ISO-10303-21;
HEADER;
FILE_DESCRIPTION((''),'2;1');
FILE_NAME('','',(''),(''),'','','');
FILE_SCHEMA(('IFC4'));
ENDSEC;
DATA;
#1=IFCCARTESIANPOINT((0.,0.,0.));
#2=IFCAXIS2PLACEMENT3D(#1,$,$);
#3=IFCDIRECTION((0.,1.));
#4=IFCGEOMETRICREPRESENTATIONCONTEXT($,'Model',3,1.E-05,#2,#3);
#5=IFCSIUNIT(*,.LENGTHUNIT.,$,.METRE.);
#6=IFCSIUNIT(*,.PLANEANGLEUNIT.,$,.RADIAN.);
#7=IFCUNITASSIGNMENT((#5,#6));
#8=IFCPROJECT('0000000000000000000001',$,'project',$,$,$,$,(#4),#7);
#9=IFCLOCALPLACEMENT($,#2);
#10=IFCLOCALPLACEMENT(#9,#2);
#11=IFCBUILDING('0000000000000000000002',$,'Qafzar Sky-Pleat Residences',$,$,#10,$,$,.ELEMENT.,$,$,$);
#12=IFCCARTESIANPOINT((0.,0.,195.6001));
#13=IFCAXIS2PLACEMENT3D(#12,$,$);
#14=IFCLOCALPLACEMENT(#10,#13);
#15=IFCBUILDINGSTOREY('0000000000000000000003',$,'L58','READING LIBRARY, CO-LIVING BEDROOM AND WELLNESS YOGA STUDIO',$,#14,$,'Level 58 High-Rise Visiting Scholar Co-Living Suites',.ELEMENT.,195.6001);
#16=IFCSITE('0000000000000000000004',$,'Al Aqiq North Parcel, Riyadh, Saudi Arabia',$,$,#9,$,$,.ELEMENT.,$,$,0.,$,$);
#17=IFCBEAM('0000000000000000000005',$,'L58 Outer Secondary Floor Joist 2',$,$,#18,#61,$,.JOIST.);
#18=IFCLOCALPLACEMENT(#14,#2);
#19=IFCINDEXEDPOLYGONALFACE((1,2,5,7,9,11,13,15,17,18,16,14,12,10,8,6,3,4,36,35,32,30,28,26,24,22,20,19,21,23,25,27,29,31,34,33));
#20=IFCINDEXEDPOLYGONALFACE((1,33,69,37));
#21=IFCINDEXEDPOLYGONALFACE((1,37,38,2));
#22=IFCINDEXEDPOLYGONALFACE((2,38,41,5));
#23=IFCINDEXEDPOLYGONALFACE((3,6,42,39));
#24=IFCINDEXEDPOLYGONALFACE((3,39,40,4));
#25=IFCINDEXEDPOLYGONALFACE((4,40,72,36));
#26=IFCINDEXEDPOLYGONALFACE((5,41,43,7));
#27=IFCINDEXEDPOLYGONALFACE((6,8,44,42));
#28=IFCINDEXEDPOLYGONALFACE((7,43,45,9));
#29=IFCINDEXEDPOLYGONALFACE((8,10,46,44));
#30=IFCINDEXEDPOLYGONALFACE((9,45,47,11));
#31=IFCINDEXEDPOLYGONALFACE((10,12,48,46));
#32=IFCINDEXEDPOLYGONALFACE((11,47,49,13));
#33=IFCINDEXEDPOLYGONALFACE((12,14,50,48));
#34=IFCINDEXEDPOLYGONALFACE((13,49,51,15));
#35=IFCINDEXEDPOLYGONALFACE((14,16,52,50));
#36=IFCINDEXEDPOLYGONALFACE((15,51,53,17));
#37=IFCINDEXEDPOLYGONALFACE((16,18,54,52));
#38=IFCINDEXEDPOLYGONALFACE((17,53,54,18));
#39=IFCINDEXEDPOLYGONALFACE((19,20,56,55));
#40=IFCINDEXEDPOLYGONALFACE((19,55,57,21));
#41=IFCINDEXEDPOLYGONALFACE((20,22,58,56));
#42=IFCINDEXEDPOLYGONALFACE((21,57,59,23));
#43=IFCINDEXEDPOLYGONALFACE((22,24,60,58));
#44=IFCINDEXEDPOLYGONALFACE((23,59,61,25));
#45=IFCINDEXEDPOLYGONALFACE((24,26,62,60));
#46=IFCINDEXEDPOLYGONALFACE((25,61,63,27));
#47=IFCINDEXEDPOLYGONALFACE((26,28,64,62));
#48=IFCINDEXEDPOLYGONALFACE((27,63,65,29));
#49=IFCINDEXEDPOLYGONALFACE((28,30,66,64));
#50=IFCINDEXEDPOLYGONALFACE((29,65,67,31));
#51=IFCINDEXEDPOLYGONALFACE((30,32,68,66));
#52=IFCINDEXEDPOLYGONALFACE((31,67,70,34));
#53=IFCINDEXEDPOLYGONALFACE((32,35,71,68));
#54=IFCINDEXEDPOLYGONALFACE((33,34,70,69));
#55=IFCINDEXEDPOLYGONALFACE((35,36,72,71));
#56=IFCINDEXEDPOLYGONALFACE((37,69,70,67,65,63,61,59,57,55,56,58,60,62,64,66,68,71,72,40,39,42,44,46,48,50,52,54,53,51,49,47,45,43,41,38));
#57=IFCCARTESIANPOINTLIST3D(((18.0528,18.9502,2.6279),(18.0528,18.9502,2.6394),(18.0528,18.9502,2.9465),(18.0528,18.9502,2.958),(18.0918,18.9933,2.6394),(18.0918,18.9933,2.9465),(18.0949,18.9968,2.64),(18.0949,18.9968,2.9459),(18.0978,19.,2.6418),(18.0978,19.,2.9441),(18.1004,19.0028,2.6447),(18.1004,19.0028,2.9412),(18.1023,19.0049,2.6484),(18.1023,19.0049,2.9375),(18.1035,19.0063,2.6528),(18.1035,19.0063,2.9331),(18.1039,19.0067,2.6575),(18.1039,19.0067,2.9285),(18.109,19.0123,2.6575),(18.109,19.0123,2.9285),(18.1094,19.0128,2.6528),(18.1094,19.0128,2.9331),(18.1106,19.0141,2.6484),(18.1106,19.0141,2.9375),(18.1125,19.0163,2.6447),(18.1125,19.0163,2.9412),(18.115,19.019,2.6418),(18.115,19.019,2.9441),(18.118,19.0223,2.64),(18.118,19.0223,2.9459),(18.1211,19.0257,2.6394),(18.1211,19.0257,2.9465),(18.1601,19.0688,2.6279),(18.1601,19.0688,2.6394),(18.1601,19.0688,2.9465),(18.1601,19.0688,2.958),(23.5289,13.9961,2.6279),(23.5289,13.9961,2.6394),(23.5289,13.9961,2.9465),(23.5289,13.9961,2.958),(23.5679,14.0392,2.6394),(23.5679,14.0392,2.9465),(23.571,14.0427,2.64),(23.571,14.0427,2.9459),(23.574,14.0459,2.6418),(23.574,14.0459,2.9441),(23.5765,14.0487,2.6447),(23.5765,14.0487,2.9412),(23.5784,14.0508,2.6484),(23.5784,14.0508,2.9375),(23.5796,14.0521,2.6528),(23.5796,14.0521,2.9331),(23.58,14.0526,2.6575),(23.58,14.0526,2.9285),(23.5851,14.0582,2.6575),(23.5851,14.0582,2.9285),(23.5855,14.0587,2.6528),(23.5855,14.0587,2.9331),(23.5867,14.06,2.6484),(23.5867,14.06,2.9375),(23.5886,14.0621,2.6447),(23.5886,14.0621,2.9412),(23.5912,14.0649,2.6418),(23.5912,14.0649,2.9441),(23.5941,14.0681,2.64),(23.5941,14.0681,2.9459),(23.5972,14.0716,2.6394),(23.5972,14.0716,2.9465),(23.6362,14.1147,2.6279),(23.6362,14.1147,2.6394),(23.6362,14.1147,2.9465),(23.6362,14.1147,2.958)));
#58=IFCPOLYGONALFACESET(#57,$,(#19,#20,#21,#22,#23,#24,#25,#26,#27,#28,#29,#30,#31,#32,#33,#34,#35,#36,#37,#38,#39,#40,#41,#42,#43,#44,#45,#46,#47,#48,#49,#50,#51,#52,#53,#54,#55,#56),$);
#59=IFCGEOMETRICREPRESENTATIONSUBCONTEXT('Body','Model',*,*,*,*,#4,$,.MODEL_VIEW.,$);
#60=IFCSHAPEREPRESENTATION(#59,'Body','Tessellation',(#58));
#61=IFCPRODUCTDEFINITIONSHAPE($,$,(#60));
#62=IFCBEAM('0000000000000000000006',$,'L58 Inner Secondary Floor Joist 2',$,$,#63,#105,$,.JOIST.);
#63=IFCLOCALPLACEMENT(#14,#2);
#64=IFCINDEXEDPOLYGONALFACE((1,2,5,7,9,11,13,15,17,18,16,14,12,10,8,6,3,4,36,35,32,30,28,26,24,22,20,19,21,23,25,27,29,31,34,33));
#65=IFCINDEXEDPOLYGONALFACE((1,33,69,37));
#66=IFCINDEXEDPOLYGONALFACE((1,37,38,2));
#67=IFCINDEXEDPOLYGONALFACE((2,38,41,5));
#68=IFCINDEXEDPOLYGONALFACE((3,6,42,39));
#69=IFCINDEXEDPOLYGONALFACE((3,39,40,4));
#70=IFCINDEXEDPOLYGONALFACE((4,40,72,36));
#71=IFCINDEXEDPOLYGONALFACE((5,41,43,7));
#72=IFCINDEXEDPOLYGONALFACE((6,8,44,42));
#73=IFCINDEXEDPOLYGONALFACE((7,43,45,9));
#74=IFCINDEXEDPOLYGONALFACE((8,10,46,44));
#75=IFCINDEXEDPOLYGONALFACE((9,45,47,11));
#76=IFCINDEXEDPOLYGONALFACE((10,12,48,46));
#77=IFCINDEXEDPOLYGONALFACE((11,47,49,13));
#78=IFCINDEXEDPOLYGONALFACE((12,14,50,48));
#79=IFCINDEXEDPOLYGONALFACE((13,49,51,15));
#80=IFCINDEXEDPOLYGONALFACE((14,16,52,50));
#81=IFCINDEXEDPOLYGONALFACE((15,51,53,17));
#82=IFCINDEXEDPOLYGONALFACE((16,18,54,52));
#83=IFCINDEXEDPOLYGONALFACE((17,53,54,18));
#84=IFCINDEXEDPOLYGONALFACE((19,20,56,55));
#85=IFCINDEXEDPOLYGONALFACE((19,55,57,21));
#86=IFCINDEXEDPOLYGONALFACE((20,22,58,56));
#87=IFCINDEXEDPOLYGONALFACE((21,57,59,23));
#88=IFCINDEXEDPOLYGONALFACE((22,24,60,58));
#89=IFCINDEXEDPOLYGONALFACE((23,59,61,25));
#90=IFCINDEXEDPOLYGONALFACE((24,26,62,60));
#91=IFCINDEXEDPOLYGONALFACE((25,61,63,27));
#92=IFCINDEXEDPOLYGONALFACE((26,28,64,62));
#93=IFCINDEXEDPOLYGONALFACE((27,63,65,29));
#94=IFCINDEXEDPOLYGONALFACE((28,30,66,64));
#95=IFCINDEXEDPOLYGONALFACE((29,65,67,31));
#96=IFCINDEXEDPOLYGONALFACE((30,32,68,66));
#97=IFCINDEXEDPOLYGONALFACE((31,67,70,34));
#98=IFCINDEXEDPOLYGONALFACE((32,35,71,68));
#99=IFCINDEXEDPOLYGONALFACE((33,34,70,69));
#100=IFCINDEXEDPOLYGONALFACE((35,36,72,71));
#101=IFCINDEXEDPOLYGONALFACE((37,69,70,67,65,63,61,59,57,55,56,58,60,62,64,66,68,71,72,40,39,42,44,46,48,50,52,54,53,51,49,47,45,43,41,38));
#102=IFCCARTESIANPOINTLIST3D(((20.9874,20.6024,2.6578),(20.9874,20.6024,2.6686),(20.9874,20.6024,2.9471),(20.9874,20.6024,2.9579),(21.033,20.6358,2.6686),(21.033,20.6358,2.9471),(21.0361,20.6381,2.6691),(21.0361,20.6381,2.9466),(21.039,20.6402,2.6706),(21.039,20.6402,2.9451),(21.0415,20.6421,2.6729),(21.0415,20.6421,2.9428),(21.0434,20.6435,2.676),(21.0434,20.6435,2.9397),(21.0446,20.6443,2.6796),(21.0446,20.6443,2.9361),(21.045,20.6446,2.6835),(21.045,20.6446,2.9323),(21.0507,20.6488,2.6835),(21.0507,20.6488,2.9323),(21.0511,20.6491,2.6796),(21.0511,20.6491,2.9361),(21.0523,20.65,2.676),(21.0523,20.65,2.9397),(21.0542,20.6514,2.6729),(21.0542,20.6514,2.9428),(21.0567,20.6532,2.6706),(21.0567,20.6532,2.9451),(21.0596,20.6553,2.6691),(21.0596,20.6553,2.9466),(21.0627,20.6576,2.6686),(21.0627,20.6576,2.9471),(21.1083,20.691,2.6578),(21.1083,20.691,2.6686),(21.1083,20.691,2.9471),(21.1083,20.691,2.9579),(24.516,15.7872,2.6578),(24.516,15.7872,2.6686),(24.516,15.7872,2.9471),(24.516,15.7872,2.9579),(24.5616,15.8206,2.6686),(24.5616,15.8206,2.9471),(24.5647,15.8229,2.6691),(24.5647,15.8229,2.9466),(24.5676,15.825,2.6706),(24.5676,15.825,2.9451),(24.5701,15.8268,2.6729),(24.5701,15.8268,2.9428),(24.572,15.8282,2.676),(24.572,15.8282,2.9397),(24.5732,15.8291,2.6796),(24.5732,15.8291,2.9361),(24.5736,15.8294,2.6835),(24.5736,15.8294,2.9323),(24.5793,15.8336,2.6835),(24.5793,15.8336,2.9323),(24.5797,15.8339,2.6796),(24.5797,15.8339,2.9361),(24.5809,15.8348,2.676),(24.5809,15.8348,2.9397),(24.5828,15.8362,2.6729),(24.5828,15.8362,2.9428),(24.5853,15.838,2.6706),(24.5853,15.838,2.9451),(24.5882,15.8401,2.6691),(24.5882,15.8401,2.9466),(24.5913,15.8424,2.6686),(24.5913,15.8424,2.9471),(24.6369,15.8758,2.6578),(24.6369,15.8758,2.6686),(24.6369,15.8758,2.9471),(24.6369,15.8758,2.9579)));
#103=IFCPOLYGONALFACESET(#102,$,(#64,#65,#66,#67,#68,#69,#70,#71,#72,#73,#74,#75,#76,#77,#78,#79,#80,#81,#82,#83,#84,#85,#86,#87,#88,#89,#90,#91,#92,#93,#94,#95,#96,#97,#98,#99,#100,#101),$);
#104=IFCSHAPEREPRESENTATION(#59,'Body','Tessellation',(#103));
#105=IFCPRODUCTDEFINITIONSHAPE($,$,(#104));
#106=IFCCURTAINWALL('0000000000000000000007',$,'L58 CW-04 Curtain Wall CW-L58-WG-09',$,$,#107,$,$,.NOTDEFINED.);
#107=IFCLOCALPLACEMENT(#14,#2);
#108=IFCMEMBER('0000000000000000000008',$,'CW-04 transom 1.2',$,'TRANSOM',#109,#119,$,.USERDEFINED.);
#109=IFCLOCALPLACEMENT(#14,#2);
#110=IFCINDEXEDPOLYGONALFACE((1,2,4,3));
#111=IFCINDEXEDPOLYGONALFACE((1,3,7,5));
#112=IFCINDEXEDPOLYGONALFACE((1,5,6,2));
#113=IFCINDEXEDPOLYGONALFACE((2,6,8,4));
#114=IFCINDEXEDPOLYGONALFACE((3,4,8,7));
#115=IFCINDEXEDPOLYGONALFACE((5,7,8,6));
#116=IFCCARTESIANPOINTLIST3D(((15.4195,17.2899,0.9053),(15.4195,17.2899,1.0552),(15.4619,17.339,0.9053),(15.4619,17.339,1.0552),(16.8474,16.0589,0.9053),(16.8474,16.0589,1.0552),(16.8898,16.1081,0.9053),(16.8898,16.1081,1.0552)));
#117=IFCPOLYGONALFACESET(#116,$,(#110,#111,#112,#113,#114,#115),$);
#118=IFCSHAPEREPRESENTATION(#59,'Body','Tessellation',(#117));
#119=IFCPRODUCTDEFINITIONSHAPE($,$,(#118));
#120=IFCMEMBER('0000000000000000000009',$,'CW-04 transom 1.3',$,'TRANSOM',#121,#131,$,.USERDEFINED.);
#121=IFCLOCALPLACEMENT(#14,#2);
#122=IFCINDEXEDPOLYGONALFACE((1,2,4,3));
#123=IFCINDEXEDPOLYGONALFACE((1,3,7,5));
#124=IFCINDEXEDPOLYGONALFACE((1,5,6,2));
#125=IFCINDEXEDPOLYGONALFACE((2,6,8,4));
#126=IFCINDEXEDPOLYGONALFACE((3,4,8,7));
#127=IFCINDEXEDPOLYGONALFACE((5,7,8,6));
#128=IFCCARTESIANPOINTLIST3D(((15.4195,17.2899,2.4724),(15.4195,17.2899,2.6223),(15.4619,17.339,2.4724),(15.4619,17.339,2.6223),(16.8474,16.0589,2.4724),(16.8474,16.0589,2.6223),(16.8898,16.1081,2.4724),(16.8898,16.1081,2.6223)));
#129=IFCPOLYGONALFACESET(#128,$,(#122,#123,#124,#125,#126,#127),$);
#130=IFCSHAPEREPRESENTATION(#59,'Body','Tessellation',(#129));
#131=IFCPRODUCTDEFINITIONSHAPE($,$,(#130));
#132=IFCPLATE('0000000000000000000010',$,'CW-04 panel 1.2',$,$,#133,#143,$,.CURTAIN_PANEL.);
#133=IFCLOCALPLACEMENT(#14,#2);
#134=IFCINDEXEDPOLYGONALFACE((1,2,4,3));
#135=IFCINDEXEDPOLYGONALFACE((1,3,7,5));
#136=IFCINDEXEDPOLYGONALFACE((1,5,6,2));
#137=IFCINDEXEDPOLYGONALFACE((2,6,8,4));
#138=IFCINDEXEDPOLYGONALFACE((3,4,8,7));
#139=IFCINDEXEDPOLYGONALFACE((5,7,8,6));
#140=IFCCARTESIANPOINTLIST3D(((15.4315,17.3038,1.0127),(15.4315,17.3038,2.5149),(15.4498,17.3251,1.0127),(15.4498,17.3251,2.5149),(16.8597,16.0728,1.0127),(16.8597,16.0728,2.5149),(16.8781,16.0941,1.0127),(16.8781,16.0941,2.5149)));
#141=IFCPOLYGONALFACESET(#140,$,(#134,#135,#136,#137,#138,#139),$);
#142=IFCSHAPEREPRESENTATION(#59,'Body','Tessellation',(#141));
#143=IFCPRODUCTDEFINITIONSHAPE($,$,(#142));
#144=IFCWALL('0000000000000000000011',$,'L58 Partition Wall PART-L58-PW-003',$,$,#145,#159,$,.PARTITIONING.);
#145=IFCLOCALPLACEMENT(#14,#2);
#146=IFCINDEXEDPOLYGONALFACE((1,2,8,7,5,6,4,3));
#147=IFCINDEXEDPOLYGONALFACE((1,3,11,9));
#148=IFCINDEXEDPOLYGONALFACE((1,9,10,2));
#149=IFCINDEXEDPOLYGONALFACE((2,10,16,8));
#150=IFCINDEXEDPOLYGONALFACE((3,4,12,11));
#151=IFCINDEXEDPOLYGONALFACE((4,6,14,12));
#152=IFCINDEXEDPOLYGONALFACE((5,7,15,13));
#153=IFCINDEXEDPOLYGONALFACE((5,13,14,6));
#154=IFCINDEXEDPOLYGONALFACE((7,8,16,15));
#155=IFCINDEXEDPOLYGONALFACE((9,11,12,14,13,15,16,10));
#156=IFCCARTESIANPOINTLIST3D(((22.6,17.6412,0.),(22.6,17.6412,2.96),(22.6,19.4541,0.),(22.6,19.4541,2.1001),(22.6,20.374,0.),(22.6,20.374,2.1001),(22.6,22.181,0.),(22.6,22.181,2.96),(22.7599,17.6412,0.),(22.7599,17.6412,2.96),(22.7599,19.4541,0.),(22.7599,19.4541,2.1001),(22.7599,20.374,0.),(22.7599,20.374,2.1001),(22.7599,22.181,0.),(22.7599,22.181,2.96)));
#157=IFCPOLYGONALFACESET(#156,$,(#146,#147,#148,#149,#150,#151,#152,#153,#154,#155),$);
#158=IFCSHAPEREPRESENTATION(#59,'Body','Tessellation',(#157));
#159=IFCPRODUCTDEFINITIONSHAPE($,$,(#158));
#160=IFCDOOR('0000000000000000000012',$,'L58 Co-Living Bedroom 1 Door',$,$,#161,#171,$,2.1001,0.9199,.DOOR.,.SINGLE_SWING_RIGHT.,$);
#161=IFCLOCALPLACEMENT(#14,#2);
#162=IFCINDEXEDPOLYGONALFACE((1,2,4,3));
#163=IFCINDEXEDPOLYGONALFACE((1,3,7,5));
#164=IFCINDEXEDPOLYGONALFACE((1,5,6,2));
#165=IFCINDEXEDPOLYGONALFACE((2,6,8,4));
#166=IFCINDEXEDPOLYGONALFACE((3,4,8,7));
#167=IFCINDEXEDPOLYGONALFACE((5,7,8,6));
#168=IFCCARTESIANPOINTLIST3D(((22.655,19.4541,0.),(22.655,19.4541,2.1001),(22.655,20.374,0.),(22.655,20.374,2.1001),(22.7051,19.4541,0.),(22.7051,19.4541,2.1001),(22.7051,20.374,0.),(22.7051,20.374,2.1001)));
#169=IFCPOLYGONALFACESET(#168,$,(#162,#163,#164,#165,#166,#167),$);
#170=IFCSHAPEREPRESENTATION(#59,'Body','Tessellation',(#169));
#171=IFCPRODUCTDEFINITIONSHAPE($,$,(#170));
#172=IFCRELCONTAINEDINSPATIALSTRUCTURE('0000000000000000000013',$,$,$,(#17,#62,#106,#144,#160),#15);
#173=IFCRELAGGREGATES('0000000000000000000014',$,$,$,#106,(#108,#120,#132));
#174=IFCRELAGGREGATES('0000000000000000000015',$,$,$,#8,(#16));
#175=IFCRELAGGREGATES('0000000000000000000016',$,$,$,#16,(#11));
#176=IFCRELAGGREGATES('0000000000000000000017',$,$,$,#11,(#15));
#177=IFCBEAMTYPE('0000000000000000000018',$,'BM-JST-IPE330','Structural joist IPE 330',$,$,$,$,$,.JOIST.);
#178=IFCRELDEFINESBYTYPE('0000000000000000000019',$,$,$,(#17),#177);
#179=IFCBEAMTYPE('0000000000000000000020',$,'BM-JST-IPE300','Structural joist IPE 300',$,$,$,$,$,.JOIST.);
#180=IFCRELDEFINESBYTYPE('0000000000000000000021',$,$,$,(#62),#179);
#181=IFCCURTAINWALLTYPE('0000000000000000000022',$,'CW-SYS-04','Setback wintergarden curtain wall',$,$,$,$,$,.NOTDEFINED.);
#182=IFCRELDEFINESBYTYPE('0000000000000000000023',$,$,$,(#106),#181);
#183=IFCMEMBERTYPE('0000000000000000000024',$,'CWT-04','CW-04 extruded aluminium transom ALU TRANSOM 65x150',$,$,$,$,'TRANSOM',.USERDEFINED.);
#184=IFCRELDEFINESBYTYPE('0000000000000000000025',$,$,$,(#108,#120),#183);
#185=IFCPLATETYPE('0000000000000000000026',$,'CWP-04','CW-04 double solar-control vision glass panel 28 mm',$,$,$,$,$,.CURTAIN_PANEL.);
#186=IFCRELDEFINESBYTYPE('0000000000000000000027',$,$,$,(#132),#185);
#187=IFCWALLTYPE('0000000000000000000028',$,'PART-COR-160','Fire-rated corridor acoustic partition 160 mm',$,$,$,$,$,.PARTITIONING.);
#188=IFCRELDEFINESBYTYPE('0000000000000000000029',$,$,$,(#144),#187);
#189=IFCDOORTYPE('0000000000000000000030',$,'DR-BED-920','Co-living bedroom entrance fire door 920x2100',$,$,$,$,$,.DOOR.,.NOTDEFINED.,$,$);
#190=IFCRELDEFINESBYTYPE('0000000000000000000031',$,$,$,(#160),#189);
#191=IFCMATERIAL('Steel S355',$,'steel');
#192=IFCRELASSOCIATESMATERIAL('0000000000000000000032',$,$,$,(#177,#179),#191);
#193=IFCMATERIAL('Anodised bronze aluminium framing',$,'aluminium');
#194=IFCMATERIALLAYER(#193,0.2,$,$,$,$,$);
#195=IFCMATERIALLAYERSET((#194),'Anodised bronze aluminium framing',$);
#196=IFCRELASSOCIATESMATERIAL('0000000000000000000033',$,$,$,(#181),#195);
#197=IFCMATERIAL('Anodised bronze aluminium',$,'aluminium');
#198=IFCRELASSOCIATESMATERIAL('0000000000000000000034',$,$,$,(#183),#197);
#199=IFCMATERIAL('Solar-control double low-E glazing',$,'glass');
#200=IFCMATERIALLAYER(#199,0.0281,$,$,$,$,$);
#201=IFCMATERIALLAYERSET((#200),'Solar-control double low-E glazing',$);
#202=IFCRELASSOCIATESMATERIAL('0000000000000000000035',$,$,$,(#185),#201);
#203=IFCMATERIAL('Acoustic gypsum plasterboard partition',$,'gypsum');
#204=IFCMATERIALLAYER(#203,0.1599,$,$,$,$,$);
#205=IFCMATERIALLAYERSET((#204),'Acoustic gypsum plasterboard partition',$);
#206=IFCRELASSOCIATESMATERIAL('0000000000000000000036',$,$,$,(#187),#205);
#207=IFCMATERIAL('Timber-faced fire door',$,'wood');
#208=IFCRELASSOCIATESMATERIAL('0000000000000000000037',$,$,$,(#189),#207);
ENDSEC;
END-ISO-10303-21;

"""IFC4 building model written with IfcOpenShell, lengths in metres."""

from ifc_helpers import new_model, si_unit, direction, frame, frame_2d, origin, origin_2d, place, context, subcontext, project, spatial, rectangle, i_section, extrude, source, transform, mapped, material, layer, layer_set, material_profile, profile_set, type_object, element, fill, aggregate, save


model = new_model("IFC4")

# Units and contexts
model_context = context("Model", 3, precision=1e-05, world=origin(), true_north=direction((0.0, 1.0)))
body_context = subcontext(model_context, "Body", "Model", "MODEL_VIEW")
ifc_project = project(units=[si_unit("LENGTHUNIT", "METRE"), si_unit("PLANEANGLEUNIT", "RADIAN")], contexts=[model_context])

# Site, building, storey
site_placement = place(None, origin())
site = spatial("IfcSite", under=ifc_project, at=site_placement, Name="Al Aqiq North Parcel, Riyadh, Saudi Arabia", CompositionType="ELEMENT", RefElevation=0.0)
building_placement = place(site_placement, origin())
building = spatial("IfcBuilding", under=site, at=building_placement, Name="Qafzar Sky-Pleat Residences", CompositionType="ELEMENT")
storey_placement = place(building_placement, frame((0.0, 0.0, 195.6001)))
storey = spatial("IfcBuildingStorey", under=building, at=storey_placement, Name="L58", Description="READING LIBRARY, CO-LIVING BEDROOM AND WELLNESS YOGA STUDIO", LongName="Level 58 High-Rise Visiting Scholar Co-Living Suites", CompositionType="ELEMENT", Elevation=195.6001)

# Beams
ifc_material_1 = material(Name="Steel S355", Category="steel")
ifc_material_profile_1 = material_profile(ifc_material_1, i_section(OverallWidth=0.1599, OverallDepth=0.3301, WebThickness=0.0076, FlangeThickness=0.0115, FilletRadius=0.0181, at=origin_2d()), Name="IPE 330")
ifc_profile_set_1 = profile_set([ifc_material_profile_1], Name="Steel S355")
beam_type_1 = type_object("IfcBeamType", Name="BM-JST-IPE330", Description="Structural joist IPE 330", PredefinedType="JOIST", material=ifc_profile_set_1)
shared_shape_1 = source(origin(), body_context, "Body", "SweptSolid", [
    extrude(i_section(OverallWidth=0.1599, OverallDepth=0.3301, WebThickness=0.0076, FlangeThickness=0.0115, FilletRadius=0.0181, at=origin_2d()), origin(), (0.0, 0.0, 1.0), 7.3845),
])
beam_1_placement = place(storey_placement, frame((18.1064, 19.0095, 2.793), z_axis=(0.741566, -0.67088, 0.0), x_axis=(0.67088, 0.741566, 0.0)))
element("IfcBeam", 1, at=beam_1_placement, inside=storey, type_object=beam_type_1, Name="L58 Outer Secondary Floor Joist 2", PredefinedType="JOIST", context=body_context, shape_type="MappedRepresentation", body=[
    mapped(shared_shape_1, transform((0.0, 0.0, 0.0), x_axis=(1.0, 0.0, 0.0), y_axis=(0.0, 1.0, 0.0), z_axis=(0.0, 0.0, 1.0), scale=1.0)),
])
ifc_material_profile_2 = material_profile(ifc_material_1, i_section(OverallWidth=0.1499, OverallDepth=0.3, WebThickness=0.0071, FlangeThickness=0.0107, FilletRadius=0.0149, at=origin_2d()), Name="IPE 300")
ifc_profile_set_2 = profile_set([ifc_material_profile_2], Name="Steel S355")
beam_type_2 = type_object("IfcBeamType", Name="BM-JST-IPE300", Description="Structural joist IPE 300", PredefinedType="JOIST", material=ifc_profile_set_2)
shared_shape_2 = source(origin(), body_context, "Body", "SweptSolid", [
    extrude(i_section(OverallWidth=0.1499, OverallDepth=0.3, WebThickness=0.0071, FlangeThickness=0.0107, FilletRadius=0.0149, at=origin_2d()), origin(), (0.0, 0.0, 1.0), 5.9697),
])
beam_2_placement = place(storey_placement, frame((21.0479, 20.6467, 2.8079), z_axis=(0.591083, -0.80661, 0.0), x_axis=(0.80661, 0.591083, 0.0)))
element("IfcBeam", 2, at=beam_2_placement, inside=storey, type_object=beam_type_2, Name="L58 Inner Secondary Floor Joist 2", PredefinedType="JOIST", context=body_context, shape_type="MappedRepresentation", body=[
    mapped(shared_shape_2, transform((0.0, 0.0, 0.0), x_axis=(1.0, 0.0, 0.0), y_axis=(0.0, 1.0, 0.0), z_axis=(0.0, 0.0, 1.0), scale=1.0)),
])

# Curtain wall, members, plate
ifc_material_2 = material(Name="Anodised bronze aluminium framing", Category="aluminium")
ifc_layer_1 = layer(ifc_material_2, 0.2)
ifc_layer_set_1 = layer_set([ifc_layer_1], Name="Anodised bronze aluminium framing")
curtain_wall_type = type_object("IfcCurtainWallType", Name="CW-SYS-04", Description="Setback wintergarden curtain wall", PredefinedType="NOTDEFINED", material=ifc_layer_set_1)
curtain_wall_placement = place(storey_placement, origin())
curtain_wall = element("IfcCurtainWall", 3, at=curtain_wall_placement, inside=storey, type_object=curtain_wall_type, Name="L58 CW-04 Curtain Wall CW-L58-WG-09", PredefinedType="NOTDEFINED")
ifc_material_3 = material(Name="Anodised bronze aluminium", Category="aluminium")
ifc_material_profile_3 = material_profile(ifc_material_3, rectangle(XDim=0.0649, YDim=0.1499, at=origin_2d()), Name="ALU TRANSOM 65x150")
ifc_profile_set_3 = profile_set([ifc_material_profile_3], Name="Anodised bronze aluminium")
member_type = type_object("IfcMemberType", Name="CWT-04", Description="CW-04 extruded aluminium transom ALU TRANSOM 65x150", ElementType="TRANSOM", PredefinedType="USERDEFINED", material=ifc_profile_set_3)
shared_shape_3 = source(origin(), body_context, "Body", "SweptSolid", [
    extrude(rectangle(XDim=0.0649, YDim=0.1499, at=origin_2d()), origin(), (0.0, 0.0, 1.0), 1.8853),
])
member_1_placement = place(storey_placement, frame((15.4407, 17.3145, 0.9802), z_axis=(0.757425, -0.652922, 0.0), x_axis=(0.652922, 0.757425, 0.0)))
member_1 = element("IfcMember", 4, at=member_1_placement, type_object=member_type, Name="CW-04 transom 1.2", ObjectType="TRANSOM", PredefinedType="USERDEFINED", context=body_context, shape_type="MappedRepresentation", body=[
    mapped(shared_shape_3, transform((0.0, 0.0, 0.0), x_axis=(1.0, 0.0, 0.0), y_axis=(0.0, 1.0, 0.0), z_axis=(0.0, 0.0, 1.0), scale=1.0)),
])
member_2_placement = place(storey_placement, frame((15.4407, 17.3145, 2.5474), z_axis=(0.757425, -0.652922, 0.0), x_axis=(0.652922, 0.757425, 0.0)))
member_2 = element("IfcMember", 5, at=member_2_placement, type_object=member_type, Name="CW-04 transom 1.3", ObjectType="TRANSOM", PredefinedType="USERDEFINED", context=body_context, shape_type="MappedRepresentation", body=[
    mapped(shared_shape_3, transform((0.0, 0.0, 0.0), x_axis=(1.0, 0.0, 0.0), y_axis=(0.0, 1.0, 0.0), z_axis=(0.0, 0.0, 1.0), scale=1.0)),
])
ifc_material_4 = material(Name="Solar-control double low-E glazing", Category="glass")
ifc_layer_2 = layer(ifc_material_4, 0.0281)
ifc_layer_set_2 = layer_set([ifc_layer_2], Name="Solar-control double low-E glazing")
plate_type = type_object("IfcPlateType", Name="CWP-04", Description="CW-04 double solar-control vision glass panel 28 mm", PredefinedType="CURTAIN_PANEL", material=ifc_layer_set_2)
shared_shape_4 = source(origin(), body_context, "Body", "SweptSolid", [
    extrude(rectangle(XDim=1.8855, YDim=0.0281, at=origin_2d()), origin(), (0.0, 0.0, 1.0), 1.5022),
])
plate_placement = place(storey_placement, frame((16.1548, 16.699, 1.0127), z_axis=(0.0, 0.0, 1.0), x_axis=(0.757467, -0.652873, 0.0)))
plate = element("IfcPlate", 6, at=plate_placement, type_object=plate_type, Name="CW-04 panel 1.2", PredefinedType="CURTAIN_PANEL", context=body_context, shape_type="MappedRepresentation", body=[
    mapped(shared_shape_4, transform((0.0, 0.0, 0.0), x_axis=(1.0, 0.0, 0.0), y_axis=(0.0, 1.0, 0.0), z_axis=(0.0, 0.0, 1.0), scale=1.0)),
])
aggregate(curtain_wall, [member_1, member_2, plate])

# Wall, opening, door
ifc_material_5 = material(Name="Acoustic gypsum plasterboard partition", Category="gypsum")
ifc_layer_3 = layer(ifc_material_5, 0.1599)
ifc_layer_set_3 = layer_set([ifc_layer_3], Name="Acoustic gypsum plasterboard partition")
wall_type_1 = type_object("IfcWallType", Name="PART-COR-160", Description="Fire-rated corridor acoustic partition 160 mm", PredefinedType="PARTITIONING", material=ifc_layer_set_3)
wall_1_placement = place(storey_placement, frame((22.6799, 17.6411, 0.0), z_axis=(0.0, 0.0, 1.0), x_axis=(0.0, 1.0, 0.0)))
wall_1 = element("IfcWall", 7, at=wall_1_placement, inside=storey, type_object=wall_type_1, Name="L58 Partition Wall PART-L58-PW-003", PredefinedType="PARTITIONING", context=body_context, shape_type="SweptSolid", body=[
    extrude(rectangle(XDim=4.5398, YDim=0.1599, at=frame_2d((2.27, 0.0))), origin(), (0.0, 0.0, 1.0), 2.96),
])
opening_1_placement = place(wall_1_placement, frame((1.813, 0.0, 0.0)))
opening_1 = element("IfcOpeningElement", 8, at=opening_1_placement, cuts=wall_1, PredefinedType="OPENING", context=body_context, shape_type="SweptSolid", body=[
    extrude(rectangle(XDim=0.9199, YDim=2.1001, at=frame_2d((0.46, 1.05))), frame((0.0, 0.0898, 0.0), z_axis=(0.0, -1.0, 0.0), x_axis=(1.0, 0.0, 0.0)), (0.0, 0.0, 1.0), 0.1799),
])
ifc_material_6 = material(Name="Timber-faced fire door", Category="wood")
door_type_1 = type_object("IfcDoorType", Name="DR-BED-920", Description="Co-living bedroom entrance fire door 920x2100", OperationType="NOTDEFINED", PredefinedType="DOOR", material=ifc_material_6)
shared_shape_5 = source(origin(), body_context, "Body", "SweptSolid", [
    extrude(rectangle(XDim=0.9199, YDim=2.1001, at=frame_2d((0.46, 1.05))), frame((0.0, 0.0249, 0.0), z_axis=(0.0, -1.0, 0.0), x_axis=(1.0, 0.0, 0.0)), (0.0, 0.0, 1.0), 0.05),
])
door_1_placement = place(opening_1_placement, origin())
door_1 = element("IfcDoor", 9, at=door_1_placement, inside=storey, type_object=door_type_1, Name="L58 Co-Living Bedroom 1 Door", OperationType="SINGLE_SWING_RIGHT", OverallHeight=2.1001, OverallWidth=0.9199, PredefinedType="DOOR", context=body_context, shape_type="MappedRepresentation", body=[
    mapped(shared_shape_5, transform((0.0, 0.0, 0.0), x_axis=(1.0, 0.0, 0.0), y_axis=(0.0, 1.0, 0.0), z_axis=(0.0, 0.0, 1.0), scale=1.0)),
])
fill(opening_1, door_1)

save(model, "model.ifc")
